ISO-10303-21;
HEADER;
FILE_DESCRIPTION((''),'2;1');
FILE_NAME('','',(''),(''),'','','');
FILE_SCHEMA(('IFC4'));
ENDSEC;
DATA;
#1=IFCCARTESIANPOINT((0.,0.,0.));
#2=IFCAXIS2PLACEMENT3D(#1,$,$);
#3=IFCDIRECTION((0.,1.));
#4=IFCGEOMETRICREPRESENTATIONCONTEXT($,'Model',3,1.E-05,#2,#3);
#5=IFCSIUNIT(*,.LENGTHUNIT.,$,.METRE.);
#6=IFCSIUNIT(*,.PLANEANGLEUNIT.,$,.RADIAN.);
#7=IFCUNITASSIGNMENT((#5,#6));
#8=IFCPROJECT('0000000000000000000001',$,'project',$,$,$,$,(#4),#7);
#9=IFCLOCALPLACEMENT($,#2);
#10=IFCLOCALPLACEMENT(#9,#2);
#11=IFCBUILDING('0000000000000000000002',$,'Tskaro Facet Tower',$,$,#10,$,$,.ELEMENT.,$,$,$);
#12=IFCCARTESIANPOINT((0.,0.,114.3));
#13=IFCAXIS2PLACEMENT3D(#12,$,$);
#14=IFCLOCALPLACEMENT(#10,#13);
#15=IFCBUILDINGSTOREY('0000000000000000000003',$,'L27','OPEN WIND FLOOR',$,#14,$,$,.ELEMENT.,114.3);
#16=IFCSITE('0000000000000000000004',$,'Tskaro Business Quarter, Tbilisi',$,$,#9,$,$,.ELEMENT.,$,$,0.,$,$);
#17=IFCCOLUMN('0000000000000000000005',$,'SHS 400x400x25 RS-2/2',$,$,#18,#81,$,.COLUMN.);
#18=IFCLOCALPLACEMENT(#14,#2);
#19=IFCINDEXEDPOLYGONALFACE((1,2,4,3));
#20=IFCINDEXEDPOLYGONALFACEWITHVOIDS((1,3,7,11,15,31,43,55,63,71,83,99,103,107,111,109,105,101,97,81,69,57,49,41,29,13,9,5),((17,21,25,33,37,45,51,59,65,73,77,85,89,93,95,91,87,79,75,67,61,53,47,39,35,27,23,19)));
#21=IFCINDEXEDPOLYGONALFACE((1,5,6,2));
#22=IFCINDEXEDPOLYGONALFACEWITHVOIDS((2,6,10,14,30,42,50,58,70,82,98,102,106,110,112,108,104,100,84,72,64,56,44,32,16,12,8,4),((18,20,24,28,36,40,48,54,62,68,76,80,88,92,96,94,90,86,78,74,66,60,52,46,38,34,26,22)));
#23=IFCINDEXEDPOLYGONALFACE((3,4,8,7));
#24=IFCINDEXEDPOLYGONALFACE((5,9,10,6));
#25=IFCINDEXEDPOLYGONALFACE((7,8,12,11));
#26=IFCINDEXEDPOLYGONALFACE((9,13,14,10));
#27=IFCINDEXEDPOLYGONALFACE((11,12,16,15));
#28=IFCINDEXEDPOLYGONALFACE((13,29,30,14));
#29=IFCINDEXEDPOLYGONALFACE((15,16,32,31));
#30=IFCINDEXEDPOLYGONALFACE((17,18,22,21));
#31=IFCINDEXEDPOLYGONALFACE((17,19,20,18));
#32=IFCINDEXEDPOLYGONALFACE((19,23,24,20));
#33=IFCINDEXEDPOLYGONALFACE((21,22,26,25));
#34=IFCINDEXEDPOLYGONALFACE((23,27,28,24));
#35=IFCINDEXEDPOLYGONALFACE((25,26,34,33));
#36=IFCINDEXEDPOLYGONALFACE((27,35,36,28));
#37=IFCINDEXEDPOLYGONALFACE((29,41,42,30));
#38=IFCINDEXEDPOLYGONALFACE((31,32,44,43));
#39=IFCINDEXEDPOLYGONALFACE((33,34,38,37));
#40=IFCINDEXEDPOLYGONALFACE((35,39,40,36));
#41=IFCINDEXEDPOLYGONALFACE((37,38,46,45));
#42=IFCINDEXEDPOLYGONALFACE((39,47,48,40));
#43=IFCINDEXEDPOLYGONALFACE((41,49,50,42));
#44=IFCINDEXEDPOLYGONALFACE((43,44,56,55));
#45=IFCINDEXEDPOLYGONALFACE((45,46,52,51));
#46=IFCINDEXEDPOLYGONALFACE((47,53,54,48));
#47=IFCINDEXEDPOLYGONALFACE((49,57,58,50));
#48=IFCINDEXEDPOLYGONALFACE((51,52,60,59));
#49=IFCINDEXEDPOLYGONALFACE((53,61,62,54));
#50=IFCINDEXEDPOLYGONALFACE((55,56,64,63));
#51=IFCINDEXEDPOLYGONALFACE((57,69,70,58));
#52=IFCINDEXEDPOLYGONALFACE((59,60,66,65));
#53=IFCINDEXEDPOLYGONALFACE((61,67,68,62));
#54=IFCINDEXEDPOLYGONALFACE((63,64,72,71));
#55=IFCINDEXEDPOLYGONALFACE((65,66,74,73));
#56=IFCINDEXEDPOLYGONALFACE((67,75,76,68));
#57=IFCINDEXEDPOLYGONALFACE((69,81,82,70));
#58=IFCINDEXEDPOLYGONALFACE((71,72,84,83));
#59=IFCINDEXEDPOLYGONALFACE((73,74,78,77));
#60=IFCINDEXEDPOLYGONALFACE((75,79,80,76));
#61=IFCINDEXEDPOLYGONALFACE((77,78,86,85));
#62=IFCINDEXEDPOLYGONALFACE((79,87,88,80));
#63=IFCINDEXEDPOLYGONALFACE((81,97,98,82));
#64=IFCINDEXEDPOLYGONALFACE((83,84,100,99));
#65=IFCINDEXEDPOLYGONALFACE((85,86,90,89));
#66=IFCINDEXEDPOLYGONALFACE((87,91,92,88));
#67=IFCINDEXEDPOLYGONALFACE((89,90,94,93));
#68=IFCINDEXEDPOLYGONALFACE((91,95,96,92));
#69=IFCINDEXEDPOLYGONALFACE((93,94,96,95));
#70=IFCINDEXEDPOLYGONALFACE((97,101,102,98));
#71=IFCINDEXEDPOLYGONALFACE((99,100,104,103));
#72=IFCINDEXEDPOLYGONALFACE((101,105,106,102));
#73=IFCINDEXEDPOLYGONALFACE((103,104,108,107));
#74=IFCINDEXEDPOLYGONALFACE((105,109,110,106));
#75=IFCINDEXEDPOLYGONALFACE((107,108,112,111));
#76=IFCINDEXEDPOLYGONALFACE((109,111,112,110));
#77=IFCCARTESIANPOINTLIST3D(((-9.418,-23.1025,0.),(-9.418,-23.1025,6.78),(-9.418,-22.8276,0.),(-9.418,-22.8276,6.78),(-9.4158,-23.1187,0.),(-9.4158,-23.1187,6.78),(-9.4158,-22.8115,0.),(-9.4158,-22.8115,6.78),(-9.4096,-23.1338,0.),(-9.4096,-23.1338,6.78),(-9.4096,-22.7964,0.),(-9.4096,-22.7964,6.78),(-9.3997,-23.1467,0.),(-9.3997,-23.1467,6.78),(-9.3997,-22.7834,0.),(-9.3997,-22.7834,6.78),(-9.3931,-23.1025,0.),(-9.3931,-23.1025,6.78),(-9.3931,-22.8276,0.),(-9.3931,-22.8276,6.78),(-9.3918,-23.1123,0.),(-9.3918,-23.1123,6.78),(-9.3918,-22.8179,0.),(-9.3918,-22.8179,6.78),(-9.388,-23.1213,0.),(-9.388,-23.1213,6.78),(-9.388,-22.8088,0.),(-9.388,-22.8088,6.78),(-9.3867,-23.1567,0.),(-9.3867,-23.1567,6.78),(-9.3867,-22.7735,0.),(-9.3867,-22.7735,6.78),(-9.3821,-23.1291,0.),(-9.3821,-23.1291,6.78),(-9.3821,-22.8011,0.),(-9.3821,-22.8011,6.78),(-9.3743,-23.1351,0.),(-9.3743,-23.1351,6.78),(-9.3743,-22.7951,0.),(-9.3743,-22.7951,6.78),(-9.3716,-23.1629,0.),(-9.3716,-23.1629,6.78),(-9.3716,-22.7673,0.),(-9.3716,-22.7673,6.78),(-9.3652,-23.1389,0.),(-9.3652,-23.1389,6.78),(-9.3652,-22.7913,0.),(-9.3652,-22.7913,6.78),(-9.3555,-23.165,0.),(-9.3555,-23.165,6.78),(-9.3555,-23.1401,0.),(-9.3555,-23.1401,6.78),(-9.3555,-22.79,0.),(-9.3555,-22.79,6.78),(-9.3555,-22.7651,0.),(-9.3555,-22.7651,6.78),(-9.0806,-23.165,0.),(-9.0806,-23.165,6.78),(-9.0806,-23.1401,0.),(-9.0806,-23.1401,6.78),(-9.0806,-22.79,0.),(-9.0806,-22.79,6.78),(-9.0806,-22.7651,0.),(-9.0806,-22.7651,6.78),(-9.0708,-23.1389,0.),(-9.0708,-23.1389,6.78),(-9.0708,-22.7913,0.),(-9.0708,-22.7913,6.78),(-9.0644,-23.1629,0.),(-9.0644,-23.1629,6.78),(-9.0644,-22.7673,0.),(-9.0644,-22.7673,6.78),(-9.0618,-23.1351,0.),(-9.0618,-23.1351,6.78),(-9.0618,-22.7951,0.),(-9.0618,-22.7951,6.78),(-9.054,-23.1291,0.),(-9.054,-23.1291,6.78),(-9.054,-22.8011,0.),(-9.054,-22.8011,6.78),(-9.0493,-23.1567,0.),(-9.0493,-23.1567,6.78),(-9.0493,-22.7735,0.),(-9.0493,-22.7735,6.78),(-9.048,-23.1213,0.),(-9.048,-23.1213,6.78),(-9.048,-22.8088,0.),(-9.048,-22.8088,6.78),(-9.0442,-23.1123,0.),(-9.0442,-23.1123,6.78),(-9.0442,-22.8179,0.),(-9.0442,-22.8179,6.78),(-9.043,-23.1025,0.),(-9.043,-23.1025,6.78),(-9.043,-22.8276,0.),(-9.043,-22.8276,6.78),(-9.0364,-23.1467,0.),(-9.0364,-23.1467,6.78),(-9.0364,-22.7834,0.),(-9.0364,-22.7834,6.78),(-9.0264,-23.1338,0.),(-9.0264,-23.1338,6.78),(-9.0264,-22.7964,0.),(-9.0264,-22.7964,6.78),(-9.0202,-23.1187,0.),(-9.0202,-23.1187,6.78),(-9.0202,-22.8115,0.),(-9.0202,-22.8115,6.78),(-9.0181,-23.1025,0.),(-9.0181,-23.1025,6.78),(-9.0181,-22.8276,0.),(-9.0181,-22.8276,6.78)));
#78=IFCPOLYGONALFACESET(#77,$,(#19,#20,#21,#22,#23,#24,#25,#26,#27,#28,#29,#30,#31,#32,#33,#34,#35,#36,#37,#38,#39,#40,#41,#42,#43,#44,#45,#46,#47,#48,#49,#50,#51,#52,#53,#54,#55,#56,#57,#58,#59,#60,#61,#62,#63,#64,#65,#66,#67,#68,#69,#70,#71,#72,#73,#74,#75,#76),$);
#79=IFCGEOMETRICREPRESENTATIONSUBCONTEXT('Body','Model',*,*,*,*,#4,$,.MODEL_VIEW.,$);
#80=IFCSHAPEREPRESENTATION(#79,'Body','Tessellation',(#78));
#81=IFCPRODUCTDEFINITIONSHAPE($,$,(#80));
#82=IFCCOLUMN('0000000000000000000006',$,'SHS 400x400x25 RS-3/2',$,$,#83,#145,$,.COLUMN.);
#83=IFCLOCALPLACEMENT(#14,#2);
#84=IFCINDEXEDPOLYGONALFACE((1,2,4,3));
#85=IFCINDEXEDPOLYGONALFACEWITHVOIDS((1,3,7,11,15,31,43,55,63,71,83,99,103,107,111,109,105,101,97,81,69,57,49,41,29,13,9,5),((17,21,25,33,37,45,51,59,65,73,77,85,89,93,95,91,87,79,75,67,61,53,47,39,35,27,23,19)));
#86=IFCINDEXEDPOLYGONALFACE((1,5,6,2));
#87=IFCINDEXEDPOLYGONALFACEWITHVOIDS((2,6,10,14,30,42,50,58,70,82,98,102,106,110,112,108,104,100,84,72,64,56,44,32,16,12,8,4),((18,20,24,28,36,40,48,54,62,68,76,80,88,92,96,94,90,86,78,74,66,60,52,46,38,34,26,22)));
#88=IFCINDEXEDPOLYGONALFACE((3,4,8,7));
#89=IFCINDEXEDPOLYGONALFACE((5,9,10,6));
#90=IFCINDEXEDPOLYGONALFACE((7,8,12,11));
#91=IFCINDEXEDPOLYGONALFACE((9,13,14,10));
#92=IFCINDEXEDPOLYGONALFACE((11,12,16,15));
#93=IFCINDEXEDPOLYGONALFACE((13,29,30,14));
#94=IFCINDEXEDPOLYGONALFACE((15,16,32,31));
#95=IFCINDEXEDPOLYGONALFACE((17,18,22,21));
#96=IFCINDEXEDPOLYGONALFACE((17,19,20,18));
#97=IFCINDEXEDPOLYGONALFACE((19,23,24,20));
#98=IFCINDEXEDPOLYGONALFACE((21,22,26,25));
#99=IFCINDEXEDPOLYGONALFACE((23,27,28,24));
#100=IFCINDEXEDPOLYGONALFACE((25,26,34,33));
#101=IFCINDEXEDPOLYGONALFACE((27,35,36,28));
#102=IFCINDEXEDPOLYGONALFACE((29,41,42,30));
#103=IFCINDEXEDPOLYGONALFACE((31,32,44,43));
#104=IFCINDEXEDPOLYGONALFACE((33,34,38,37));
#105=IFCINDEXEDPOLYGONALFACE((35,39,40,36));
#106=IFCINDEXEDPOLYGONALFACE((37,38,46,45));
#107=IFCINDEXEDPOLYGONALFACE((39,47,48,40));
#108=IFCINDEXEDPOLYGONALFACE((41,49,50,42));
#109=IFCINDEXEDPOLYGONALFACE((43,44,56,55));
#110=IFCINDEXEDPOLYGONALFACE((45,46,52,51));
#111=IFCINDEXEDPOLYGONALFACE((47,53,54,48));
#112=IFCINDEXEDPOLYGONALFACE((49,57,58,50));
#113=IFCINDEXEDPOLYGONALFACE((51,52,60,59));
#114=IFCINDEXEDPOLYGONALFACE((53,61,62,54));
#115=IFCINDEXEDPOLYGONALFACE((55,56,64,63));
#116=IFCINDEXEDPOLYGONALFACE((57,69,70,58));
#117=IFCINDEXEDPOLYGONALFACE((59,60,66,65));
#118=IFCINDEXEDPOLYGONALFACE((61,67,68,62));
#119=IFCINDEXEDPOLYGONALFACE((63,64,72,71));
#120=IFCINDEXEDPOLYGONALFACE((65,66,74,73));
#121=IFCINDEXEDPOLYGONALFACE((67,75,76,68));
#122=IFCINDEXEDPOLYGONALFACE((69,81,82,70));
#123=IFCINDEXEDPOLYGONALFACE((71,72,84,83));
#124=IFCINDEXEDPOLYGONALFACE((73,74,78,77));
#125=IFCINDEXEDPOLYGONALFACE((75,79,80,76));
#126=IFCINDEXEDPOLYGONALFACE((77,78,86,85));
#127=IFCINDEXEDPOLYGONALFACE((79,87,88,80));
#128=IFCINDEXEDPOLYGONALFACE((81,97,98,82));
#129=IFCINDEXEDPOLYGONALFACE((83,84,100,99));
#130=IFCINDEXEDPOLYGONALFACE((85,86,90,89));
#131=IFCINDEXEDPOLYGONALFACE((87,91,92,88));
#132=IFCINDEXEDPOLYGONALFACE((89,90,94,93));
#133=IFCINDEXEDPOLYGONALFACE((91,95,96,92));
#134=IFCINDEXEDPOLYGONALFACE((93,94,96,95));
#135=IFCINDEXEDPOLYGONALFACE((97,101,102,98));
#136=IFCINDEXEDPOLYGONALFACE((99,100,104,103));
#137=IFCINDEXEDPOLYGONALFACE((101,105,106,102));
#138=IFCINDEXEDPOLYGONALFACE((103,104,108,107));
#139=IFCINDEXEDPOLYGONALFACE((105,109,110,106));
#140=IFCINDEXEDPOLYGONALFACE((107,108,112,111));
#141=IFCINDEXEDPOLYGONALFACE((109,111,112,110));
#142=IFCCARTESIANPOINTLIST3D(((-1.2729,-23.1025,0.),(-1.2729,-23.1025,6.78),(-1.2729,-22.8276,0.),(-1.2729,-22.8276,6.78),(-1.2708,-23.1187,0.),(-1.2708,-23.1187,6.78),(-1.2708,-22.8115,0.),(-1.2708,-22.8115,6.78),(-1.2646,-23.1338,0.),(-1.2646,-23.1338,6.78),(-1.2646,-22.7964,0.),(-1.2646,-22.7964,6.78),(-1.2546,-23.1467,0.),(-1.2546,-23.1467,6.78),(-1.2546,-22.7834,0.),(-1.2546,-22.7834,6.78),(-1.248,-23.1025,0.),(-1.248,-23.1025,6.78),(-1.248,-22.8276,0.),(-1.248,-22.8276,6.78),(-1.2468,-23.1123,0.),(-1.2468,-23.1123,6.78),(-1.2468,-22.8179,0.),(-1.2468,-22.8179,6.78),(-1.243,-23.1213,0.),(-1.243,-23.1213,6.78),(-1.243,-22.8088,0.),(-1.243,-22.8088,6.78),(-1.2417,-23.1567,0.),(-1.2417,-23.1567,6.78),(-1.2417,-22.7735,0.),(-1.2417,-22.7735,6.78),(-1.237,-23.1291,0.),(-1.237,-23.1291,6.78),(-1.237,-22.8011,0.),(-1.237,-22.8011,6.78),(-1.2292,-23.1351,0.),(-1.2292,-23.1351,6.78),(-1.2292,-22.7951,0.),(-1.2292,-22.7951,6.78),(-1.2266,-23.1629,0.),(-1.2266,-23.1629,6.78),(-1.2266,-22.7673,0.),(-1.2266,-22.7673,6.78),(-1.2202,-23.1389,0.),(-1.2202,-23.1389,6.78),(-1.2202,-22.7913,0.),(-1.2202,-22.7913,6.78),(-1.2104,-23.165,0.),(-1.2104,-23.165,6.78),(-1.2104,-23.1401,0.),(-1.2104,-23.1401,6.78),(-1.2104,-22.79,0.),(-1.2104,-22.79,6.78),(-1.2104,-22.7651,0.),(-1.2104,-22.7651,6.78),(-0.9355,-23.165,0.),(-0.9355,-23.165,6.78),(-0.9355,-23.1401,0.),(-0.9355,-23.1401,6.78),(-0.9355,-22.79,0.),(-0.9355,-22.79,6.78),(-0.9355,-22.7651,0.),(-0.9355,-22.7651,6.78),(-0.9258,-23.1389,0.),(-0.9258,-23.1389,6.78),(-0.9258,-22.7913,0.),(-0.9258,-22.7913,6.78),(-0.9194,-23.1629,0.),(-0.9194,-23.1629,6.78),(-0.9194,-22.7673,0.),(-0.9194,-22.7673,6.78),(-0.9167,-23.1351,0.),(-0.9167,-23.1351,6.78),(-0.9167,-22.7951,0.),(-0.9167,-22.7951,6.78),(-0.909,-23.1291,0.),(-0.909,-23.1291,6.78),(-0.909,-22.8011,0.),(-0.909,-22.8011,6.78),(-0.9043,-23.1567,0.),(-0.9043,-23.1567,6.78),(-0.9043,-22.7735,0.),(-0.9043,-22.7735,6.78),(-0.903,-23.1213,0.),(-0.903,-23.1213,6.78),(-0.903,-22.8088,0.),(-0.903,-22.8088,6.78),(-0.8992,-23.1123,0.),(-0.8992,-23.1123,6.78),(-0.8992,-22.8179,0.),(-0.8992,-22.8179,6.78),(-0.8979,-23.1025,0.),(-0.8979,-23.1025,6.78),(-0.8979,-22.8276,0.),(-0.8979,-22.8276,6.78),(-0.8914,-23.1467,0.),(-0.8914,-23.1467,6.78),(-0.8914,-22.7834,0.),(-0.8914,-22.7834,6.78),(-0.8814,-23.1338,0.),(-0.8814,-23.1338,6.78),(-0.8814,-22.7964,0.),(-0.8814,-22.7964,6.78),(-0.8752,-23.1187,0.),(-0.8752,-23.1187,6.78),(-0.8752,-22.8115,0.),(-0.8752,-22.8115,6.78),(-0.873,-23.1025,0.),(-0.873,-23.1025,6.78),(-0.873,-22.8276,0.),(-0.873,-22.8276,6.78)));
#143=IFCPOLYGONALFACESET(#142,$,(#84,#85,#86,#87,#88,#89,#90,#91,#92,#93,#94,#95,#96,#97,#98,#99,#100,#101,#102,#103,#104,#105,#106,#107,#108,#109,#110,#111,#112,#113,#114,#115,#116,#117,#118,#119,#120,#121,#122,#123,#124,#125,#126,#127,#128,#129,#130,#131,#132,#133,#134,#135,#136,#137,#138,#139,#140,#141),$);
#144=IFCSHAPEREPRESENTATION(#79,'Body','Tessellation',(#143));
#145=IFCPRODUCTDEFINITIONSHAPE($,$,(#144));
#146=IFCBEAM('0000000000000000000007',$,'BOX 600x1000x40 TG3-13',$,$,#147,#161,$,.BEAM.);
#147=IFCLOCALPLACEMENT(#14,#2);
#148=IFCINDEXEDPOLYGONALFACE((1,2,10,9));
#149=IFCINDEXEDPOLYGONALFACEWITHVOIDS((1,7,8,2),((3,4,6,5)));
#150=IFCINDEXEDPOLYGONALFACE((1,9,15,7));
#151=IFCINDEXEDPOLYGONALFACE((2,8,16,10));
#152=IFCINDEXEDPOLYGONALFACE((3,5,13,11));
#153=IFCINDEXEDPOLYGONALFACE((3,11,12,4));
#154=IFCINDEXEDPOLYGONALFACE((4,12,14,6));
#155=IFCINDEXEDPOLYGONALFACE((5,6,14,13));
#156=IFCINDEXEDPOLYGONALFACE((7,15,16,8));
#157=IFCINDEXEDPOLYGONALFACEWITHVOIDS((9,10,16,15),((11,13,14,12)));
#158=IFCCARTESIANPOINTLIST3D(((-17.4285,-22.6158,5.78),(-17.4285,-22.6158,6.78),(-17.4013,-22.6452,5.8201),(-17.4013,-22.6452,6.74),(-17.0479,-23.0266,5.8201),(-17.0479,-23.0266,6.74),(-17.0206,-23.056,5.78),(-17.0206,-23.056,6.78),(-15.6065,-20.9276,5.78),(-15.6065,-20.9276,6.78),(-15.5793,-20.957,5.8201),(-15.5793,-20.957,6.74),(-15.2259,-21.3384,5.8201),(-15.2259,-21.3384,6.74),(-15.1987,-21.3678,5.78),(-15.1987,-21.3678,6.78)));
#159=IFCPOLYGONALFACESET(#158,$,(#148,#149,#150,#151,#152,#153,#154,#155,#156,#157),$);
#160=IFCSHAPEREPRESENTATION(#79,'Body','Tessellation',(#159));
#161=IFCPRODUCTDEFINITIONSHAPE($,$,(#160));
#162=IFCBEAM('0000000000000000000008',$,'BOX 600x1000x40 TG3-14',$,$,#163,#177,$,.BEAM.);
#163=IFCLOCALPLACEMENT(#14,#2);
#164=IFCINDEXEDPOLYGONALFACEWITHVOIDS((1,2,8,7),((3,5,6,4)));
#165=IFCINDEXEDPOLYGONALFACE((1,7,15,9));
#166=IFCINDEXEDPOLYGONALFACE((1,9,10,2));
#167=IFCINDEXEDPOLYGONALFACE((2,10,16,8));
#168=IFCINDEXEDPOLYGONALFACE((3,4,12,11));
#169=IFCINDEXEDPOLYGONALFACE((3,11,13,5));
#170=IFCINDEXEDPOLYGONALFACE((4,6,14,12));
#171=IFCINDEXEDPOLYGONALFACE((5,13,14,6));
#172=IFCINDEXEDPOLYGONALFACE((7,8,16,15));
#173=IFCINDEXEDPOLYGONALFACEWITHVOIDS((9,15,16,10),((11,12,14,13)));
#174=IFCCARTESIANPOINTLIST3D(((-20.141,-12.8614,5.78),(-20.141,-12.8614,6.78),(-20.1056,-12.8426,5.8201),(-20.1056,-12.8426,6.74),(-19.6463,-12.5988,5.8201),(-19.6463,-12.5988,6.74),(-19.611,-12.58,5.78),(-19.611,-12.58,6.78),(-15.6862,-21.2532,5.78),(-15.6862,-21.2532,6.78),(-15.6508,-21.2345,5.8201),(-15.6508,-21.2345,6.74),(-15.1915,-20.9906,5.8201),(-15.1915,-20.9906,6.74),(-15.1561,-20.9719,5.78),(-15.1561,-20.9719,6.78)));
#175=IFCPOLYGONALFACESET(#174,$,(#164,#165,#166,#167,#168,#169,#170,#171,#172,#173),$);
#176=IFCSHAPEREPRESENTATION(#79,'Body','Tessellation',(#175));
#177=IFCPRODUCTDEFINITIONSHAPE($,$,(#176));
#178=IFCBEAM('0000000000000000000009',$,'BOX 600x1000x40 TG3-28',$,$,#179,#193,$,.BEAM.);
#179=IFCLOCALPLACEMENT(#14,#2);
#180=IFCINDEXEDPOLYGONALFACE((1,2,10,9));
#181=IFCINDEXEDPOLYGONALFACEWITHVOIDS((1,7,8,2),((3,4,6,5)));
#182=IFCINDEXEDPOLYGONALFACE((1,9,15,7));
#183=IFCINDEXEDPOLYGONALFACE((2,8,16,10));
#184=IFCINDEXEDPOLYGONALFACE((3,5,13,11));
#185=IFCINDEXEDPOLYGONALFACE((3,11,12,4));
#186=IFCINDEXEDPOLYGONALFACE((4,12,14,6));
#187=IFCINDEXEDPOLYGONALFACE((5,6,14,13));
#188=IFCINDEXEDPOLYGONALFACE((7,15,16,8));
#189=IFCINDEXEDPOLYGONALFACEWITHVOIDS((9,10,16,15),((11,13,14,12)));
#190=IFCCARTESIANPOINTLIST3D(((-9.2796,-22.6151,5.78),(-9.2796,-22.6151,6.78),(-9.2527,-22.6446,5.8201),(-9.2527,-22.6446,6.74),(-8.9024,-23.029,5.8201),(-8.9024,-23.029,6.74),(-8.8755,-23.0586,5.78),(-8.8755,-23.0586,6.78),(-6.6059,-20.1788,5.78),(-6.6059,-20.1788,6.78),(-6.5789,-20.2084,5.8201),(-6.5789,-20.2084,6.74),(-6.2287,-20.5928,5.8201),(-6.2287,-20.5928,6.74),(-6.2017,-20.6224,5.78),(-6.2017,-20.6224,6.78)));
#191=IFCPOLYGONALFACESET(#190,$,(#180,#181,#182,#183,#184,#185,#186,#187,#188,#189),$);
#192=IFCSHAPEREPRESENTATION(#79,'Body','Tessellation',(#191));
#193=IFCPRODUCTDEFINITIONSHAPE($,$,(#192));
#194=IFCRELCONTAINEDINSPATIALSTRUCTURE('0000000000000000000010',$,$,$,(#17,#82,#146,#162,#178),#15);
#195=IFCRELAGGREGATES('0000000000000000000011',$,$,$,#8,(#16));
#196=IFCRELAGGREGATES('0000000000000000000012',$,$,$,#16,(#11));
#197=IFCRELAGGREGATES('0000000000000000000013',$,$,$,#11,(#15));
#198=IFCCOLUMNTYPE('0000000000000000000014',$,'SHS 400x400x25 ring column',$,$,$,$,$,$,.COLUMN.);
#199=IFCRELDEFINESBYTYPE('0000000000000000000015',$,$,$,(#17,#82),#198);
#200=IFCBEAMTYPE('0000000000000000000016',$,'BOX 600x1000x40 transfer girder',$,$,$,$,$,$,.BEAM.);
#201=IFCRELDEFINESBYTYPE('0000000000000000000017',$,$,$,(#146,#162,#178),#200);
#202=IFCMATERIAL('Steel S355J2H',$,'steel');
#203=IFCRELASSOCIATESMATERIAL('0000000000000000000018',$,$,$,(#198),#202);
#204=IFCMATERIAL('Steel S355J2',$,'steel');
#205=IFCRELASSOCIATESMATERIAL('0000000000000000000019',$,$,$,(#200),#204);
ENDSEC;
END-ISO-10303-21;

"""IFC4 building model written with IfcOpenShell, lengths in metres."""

from ifc_helpers import new_model, si_unit, direction, frame, origin, origin_2d, place, context, subcontext, project, spatial, hollow_rectangle, extrude, material, material_profile, profile_set, type_object, element, save


model = new_model("IFC4")

# Units and contexts
model_context = context("Model", 3, precision=1e-05, world=origin(), true_north=direction((0.0, 1.0)))
body_context = subcontext(model_context, "Body", "Model", "MODEL_VIEW")
ifc_project = project(units=[si_unit("LENGTHUNIT", "METRE"), si_unit("PLANEANGLEUNIT", "RADIAN")], contexts=[model_context])

# Site, building, storey
site_placement = place(None, origin())
site = spatial("IfcSite", under=ifc_project, at=site_placement, Name="Tskaro Business Quarter, Tbilisi", CompositionType="ELEMENT", RefElevation=0.0)
building_placement = place(site_placement, origin())
building = spatial("IfcBuilding", under=site, at=building_placement, Name="Tskaro Facet Tower", CompositionType="ELEMENT")
storey_placement = place(building_placement, frame((0.0, 0.0, 114.3)))
storey = spatial("IfcBuildingStorey", under=building, at=storey_placement, Name="L27", Description="OPEN WIND FLOOR", CompositionType="ELEMENT", Elevation=114.3)

# Columns
ifc_material_1 = material(Name="Steel S355J2H", Category="steel")
ifc_material_profile_1 = material_profile(ifc_material_1, hollow_rectangle(XDim=0.3999, YDim=0.3999, WallThickness=0.0249, InnerFilletRadius=0.0376, OuterFilletRadius=0.0625, at=origin_2d()), Name="SHS 400x400x25")
ifc_profile_set_1 = profile_set([ifc_material_profile_1], Name="Steel S355J2H")
column_type_1 = type_object("IfcColumnType", Name="SHS 400x400x25 ring column", PredefinedType="COLUMN", material=ifc_profile_set_1)
for number, where, z_axis, x_axis, name in (
    (1, (-9.218, -22.9651, 0.0), (0.0, 0.0, 1.0), (1.0, 0.0, 0.0), "SHS 400x400x25 RS-2/2"),
    (2, (-1.073, -22.9651, 0.0), (0.0, 0.0, 1.0), (1.0, 0.0, 0.0), "SHS 400x400x25 RS-3/2"),
):
    element("IfcColumn", number, at=place(storey_placement, frame(where, z_axis=z_axis, x_axis=x_axis)), inside=storey, type_object=column_type_1, Name=name, PredefinedType="COLUMN", context=body_context, shape_type="SweptSolid", body=[
        extrude(hollow_rectangle(XDim=0.3999, YDim=0.3999, WallThickness=0.0249, InnerFilletRadius=0.0376, OuterFilletRadius=0.0625, at=origin_2d()), origin(), (0.0, 0.0, 1.0), 6.78),
    ])

# Beams
ifc_material_2 = material(Name="Steel S355J2", Category="steel")
ifc_material_profile_2 = material_profile(ifc_material_2, hollow_rectangle(XDim=0.6001, YDim=1.0, WallThickness=0.04, at=origin_2d()), Name="BOX 600x1000x40")
ifc_profile_set_2 = profile_set([ifc_material_profile_2], Name="Steel S355J2")
beam_type_1 = type_object("IfcBeamType", Name="BOX 600x1000x40 transfer girder", PredefinedType="BEAM", material=ifc_profile_set_2)
beam_1_placement = place(storey_placement, frame((-15.4026, -21.1477, 6.28), z_axis=(-0.733525, -0.679663, 0.0), x_axis=(0.679663, -0.733525, 0.0)))
element("IfcBeam", 3, at=beam_1_placement, inside=storey, type_object=beam_type_1, Name="BOX 600x1000x40 TG3-13", PredefinedType="BEAM", context=body_context, shape_type="SweptSolid", body=[
    extrude(hollow_rectangle(XDim=0.6001, YDim=1.0, WallThickness=0.04, at=origin_2d()), origin(), (0.0, 0.0, 1.0), 2.4839),
])
beam_2_placement = place(storey_placement, frame((-15.4211, -21.1125, 6.28), z_axis=(-0.468882, 0.883261, 0.0), x_axis=(-0.883261, -0.468882, 0.0)))
element("IfcBeam", 4, at=beam_2_placement, inside=storey, type_object=beam_type_1, Name="BOX 600x1000x40 TG3-14", PredefinedType="BEAM", context=body_context, shape_type="SweptSolid", body=[
    extrude(hollow_rectangle(XDim=0.6001, YDim=1.0, WallThickness=0.04, at=origin_2d()), origin(), (0.0, 0.0, 1.0), 9.501),
])
beam_3_placement = place(storey_placement, frame((-6.4038, -20.4006, 6.28), z_axis=(-0.739179, -0.673509, 0.0), x_axis=(0.673509, -0.739179, 0.0)))
element("IfcBeam", 5, at=beam_3_placement, inside=storey, type_object=beam_type_1, Name="BOX 600x1000x40 TG3-28", PredefinedType="BEAM", context=body_context, shape_type="SweptSolid", body=[
    extrude(hollow_rectangle(XDim=0.6001, YDim=1.0, WallThickness=0.04, at=origin_2d()), origin(), (0.0, 0.0, 1.0), 3.6172),
])

save(model, "model.ifc")
